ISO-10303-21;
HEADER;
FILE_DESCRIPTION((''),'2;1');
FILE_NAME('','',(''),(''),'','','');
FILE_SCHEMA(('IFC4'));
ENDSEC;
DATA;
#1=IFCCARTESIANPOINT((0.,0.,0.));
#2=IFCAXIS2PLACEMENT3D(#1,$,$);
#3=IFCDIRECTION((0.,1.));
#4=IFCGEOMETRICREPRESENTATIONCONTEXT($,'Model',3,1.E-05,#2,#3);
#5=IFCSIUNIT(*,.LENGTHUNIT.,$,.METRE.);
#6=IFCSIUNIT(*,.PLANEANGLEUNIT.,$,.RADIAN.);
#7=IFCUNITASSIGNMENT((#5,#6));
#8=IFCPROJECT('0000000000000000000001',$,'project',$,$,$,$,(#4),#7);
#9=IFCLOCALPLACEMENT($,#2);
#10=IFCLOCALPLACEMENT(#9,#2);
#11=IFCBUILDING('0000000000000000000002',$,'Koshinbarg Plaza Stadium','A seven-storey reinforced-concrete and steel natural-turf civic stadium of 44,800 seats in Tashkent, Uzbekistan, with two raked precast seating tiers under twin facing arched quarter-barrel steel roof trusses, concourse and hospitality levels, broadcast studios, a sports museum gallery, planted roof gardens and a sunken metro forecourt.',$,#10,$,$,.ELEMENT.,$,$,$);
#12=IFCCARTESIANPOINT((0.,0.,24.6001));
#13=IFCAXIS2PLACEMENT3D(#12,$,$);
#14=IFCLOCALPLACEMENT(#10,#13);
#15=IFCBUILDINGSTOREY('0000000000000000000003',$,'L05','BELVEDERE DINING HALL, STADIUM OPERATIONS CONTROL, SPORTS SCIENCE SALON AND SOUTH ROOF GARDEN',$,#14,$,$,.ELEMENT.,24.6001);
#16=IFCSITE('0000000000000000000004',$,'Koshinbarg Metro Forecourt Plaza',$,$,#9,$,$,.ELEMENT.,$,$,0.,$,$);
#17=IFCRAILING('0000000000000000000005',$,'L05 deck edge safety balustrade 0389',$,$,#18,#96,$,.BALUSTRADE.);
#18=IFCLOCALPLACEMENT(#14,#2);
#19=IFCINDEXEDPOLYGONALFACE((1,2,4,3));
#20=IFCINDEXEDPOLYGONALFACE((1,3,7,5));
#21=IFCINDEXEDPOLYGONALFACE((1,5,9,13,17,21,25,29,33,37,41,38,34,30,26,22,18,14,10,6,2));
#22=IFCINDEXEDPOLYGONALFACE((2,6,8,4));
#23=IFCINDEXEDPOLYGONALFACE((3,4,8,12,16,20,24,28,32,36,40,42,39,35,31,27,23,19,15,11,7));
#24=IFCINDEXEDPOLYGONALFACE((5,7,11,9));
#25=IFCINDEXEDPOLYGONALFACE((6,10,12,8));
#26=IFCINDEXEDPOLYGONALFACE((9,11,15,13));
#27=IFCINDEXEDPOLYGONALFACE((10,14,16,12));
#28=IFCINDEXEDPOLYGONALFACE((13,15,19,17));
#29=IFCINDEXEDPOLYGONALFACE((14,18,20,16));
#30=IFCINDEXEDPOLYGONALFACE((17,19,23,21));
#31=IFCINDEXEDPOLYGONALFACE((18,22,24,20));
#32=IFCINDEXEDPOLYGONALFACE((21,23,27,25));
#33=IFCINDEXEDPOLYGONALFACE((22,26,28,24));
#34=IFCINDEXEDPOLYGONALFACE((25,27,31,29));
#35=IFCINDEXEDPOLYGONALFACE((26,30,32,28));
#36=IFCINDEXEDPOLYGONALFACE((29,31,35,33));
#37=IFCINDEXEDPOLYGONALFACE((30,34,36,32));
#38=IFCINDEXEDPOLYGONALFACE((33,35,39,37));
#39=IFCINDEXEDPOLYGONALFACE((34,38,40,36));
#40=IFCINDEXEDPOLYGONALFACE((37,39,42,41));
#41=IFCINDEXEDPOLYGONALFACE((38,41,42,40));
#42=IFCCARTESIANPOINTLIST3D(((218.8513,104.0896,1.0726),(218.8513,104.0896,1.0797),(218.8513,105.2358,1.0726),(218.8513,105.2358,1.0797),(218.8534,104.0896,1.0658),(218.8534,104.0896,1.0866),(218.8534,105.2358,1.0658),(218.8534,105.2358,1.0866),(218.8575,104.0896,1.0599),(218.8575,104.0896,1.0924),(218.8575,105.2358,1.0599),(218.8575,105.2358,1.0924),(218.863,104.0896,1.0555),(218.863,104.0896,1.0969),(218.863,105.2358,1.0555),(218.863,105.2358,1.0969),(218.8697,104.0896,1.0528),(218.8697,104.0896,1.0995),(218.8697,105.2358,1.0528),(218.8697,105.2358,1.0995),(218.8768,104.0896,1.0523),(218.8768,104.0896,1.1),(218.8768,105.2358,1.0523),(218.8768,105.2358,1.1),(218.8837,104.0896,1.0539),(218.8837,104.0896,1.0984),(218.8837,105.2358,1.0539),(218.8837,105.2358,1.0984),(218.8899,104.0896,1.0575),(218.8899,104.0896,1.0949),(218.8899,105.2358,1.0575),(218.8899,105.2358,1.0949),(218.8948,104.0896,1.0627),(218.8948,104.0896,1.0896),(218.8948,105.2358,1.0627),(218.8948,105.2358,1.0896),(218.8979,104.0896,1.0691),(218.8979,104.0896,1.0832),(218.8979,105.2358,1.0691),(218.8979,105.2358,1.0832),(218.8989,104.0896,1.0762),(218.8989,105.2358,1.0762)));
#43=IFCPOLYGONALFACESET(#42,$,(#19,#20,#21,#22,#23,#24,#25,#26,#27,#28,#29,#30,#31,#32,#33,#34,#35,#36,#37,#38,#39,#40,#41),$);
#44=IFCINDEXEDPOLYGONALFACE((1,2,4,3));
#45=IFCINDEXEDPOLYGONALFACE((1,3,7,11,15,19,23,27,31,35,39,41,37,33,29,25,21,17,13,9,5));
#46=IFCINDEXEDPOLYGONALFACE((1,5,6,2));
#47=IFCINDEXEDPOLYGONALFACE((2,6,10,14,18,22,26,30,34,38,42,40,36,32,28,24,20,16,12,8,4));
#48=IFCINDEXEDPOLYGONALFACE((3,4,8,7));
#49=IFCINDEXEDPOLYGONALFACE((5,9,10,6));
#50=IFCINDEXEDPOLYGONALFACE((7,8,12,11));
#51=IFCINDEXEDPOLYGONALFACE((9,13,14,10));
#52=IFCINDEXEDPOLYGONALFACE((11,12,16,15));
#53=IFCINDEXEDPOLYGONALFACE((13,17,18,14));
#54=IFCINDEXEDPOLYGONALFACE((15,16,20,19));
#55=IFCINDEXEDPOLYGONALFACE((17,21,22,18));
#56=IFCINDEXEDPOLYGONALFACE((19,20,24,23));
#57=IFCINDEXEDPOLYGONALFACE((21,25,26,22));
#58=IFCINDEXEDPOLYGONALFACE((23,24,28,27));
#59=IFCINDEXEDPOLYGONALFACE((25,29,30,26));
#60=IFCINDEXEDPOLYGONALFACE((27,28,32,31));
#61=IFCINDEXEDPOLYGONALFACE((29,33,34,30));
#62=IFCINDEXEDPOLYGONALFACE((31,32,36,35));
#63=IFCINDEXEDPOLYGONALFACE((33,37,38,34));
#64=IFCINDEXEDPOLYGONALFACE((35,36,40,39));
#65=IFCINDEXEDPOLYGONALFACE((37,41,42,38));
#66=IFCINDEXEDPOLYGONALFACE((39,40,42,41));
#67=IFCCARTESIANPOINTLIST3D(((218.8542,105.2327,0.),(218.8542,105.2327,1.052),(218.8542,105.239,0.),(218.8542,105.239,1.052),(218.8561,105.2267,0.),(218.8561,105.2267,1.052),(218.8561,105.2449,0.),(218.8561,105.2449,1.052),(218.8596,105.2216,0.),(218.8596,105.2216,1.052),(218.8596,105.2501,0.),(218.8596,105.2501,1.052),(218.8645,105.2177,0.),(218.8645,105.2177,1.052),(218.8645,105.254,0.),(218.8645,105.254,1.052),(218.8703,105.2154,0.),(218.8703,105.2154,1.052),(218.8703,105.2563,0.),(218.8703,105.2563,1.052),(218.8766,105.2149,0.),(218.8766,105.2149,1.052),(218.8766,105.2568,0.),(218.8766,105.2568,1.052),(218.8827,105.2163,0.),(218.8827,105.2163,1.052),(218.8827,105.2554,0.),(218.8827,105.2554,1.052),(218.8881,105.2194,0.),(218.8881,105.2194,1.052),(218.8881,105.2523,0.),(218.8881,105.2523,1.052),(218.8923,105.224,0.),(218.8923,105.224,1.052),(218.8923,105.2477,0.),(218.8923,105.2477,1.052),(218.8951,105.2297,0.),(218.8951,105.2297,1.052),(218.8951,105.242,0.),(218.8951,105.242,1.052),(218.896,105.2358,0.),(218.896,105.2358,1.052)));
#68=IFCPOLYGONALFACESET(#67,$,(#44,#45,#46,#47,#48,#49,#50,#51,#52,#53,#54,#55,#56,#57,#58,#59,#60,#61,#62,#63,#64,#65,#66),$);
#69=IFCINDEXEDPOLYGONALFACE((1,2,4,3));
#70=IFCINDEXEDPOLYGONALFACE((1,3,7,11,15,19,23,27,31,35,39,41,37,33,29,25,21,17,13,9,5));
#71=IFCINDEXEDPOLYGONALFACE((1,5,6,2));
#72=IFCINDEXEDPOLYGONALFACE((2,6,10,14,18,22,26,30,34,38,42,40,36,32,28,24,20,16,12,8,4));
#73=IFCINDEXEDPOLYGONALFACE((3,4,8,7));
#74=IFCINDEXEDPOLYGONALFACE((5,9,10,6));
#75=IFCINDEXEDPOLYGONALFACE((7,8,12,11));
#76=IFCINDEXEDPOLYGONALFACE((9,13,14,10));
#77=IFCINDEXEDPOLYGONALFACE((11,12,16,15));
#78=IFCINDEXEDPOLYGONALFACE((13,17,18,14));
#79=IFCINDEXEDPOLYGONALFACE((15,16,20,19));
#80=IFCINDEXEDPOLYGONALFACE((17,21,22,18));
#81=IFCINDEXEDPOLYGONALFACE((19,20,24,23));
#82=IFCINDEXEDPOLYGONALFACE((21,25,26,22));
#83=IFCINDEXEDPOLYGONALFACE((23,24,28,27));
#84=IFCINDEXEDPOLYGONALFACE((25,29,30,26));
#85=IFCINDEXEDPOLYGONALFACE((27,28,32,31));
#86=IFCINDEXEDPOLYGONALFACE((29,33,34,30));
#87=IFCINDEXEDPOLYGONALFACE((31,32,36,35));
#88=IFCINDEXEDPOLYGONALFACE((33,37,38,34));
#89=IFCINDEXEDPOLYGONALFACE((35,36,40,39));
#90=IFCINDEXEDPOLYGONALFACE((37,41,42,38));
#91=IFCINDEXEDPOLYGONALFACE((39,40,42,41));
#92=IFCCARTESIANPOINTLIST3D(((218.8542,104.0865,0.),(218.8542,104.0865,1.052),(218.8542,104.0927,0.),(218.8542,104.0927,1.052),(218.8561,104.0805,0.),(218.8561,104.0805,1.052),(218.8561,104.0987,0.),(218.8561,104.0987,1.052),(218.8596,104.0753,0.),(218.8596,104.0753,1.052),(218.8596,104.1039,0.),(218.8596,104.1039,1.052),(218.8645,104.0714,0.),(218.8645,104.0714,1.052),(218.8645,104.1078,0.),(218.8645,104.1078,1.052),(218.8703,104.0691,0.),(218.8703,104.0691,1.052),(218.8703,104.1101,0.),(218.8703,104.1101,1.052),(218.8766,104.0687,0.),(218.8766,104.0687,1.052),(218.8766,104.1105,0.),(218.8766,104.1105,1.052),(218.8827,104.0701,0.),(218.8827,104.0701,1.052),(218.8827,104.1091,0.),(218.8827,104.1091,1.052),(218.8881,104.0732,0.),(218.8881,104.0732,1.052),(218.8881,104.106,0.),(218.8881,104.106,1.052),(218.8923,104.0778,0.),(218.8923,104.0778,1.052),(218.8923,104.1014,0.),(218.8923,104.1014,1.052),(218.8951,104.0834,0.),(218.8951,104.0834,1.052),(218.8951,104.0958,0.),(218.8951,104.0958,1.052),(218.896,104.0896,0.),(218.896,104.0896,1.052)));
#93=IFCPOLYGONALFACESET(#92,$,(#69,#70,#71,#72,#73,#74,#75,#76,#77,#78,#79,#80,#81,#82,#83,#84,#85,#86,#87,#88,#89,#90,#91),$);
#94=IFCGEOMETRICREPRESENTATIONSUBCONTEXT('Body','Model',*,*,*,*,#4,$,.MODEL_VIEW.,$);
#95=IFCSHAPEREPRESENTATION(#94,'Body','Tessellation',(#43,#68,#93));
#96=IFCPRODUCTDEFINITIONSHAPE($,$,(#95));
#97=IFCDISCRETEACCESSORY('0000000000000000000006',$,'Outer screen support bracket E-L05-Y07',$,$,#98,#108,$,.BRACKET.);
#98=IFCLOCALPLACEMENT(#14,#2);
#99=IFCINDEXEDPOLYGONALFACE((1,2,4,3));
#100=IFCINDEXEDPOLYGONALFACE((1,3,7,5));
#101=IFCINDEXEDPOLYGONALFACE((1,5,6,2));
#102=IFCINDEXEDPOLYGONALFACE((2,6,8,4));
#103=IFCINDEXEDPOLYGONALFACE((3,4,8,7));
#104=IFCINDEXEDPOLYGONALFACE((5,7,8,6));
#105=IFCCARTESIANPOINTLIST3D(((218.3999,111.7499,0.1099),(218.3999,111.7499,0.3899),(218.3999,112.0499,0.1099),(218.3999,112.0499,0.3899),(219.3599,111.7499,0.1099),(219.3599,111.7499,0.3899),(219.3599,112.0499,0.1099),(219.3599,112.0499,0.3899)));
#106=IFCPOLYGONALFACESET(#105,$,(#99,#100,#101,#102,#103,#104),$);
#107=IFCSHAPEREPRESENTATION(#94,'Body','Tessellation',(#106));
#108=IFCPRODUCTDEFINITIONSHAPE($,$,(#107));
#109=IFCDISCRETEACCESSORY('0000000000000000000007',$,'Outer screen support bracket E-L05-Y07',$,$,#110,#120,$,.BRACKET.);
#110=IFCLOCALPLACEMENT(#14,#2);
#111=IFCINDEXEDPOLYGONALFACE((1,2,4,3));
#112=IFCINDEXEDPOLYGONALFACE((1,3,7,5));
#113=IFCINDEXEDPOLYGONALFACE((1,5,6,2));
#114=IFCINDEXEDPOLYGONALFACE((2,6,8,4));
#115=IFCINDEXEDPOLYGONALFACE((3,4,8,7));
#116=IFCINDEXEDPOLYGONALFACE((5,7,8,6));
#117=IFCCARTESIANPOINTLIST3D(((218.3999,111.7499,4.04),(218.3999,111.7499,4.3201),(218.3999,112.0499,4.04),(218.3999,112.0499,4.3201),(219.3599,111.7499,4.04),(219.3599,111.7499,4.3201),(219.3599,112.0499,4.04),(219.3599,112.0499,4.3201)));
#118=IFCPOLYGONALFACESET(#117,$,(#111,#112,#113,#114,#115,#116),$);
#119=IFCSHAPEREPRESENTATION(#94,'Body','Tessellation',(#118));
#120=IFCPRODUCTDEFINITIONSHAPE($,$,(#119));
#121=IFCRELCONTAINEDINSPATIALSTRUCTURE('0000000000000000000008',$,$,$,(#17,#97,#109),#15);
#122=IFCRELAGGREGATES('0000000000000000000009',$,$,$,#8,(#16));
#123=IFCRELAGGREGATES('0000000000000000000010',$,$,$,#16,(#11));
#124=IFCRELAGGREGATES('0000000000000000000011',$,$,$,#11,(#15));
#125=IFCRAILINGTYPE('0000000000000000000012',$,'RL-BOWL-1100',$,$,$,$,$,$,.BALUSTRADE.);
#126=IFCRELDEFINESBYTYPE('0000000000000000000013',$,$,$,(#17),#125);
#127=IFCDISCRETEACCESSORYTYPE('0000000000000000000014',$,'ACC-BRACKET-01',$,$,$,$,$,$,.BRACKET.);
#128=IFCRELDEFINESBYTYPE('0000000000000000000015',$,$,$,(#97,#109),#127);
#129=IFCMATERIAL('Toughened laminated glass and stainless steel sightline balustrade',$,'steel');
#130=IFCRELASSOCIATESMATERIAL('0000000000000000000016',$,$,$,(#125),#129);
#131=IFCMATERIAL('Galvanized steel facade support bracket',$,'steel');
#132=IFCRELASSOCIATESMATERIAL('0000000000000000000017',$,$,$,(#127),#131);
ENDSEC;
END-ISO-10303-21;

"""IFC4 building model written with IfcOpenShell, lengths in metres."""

from ifc_helpers import new_model, si_unit, direction, frame, origin, origin_2d, place, context, subcontext, project, spatial, rectangle, circle, extrude, material, type_object, element, save


model = new_model("IFC4")

# Units and contexts
model_context = context("Model", 3, precision=1e-05, world=origin(), true_north=direction((0.0, 1.0)))
body_context = subcontext(model_context, "Body", "Model", "MODEL_VIEW")
ifc_project = project(units=[si_unit("LENGTHUNIT", "METRE"), si_unit("PLANEANGLEUNIT", "RADIAN")], contexts=[model_context])

# Site, building, storey
site_placement = place(None, origin())
site = spatial("IfcSite", under=ifc_project, at=site_placement, Name="Koshinbarg Metro Forecourt Plaza", CompositionType="ELEMENT", RefElevation=0.0)
building_placement = place(site_placement, origin())
building = spatial("IfcBuilding", under=site, at=building_placement, Name="Koshinbarg Plaza Stadium", Description="A seven-storey reinforced-concrete and steel natural-turf civic stadium of 44,800 seats in Tashkent, Uzbekistan, with two raked precast seating tiers under twin facing arched quarter-barrel steel roof trusses, concourse and hospitality levels, broadcast studios, a sports museum gallery, planted roof gardens and a sunken metro forecourt.", CompositionType="ELEMENT")
storey_placement = place(building_placement, frame((0.0, 0.0, 24.6001)))
storey = spatial("IfcBuildingStorey", under=building, at=storey_placement, Name="L05", Description="BELVEDERE DINING HALL, STADIUM OPERATIONS CONTROL, SPORTS SCIENCE SALON AND SOUTH ROOF GARDEN", CompositionType="ELEMENT", Elevation=24.6001)

# Railing
ifc_material_1 = material(Name="Toughened laminated glass and stainless steel sightline balustrade", Category="steel")
railing_type = type_object("IfcRailingType", Name="RL-BOWL-1100", PredefinedType="BALUSTRADE", material=ifc_material_1)
railing_1_placement = place(storey_placement, frame((218.875, 105.2358, 0.0)))
element("IfcRailing", 1, at=railing_1_placement, inside=storey, type_object=railing_type, Name="L05 deck edge safety balustrade 0389", PredefinedType="BALUSTRADE", context=body_context, shape_type="SweptSolid", body=[
    extrude(circle(Radius=0.0239, at=origin_2d()), frame((0.0, 0.0, 1.0762), z_axis=(0.0, -1.0, 0.0), x_axis=(1.0, 0.0, 0.0)), (0.0, 0.0, 1.0), 1.1462),
    extrude(circle(Radius=0.021, at=origin_2d()), origin(), (0.0, 0.0, 1.0), 1.052),
    extrude(circle(Radius=0.021, at=origin_2d()), frame((0.0, -1.1462, 0.0)), (0.0, 0.0, 1.0), 1.052),
])

# Discrete accessories
ifc_material_2 = material(Name="Galvanized steel facade support bracket", Category="steel")
discrete_accessory_type = type_object("IfcDiscreteAccessoryType", Name="ACC-BRACKET-01", PredefinedType="BRACKET", material=ifc_material_2)
for number, where, z_axis, x_axis, name in (
    (2, (218.8799, 111.8999, 0.1099), (0.0, 0.0, 1.0), (1.0, 0.0, 0.0), "Outer screen support bracket E-L05-Y07"),
    (3, (218.8799, 111.8999, 4.04), (0.0, 0.0, 1.0), (1.0, 0.0, 0.0), "Outer screen support bracket E-L05-Y07"),
):
    element("IfcDiscreteAccessory", number, at=place(storey_placement, frame(where, z_axis=z_axis, x_axis=x_axis)), inside=storey, type_object=discrete_accessory_type, Name=name, PredefinedType="BRACKET", context=body_context, shape_type="SweptSolid", body=[
        extrude(rectangle(XDim=0.96, YDim=0.3, at=origin_2d()), origin(), (0.0, 0.0, 1.0), 0.28),
    ])

save(model, "model.ifc")
